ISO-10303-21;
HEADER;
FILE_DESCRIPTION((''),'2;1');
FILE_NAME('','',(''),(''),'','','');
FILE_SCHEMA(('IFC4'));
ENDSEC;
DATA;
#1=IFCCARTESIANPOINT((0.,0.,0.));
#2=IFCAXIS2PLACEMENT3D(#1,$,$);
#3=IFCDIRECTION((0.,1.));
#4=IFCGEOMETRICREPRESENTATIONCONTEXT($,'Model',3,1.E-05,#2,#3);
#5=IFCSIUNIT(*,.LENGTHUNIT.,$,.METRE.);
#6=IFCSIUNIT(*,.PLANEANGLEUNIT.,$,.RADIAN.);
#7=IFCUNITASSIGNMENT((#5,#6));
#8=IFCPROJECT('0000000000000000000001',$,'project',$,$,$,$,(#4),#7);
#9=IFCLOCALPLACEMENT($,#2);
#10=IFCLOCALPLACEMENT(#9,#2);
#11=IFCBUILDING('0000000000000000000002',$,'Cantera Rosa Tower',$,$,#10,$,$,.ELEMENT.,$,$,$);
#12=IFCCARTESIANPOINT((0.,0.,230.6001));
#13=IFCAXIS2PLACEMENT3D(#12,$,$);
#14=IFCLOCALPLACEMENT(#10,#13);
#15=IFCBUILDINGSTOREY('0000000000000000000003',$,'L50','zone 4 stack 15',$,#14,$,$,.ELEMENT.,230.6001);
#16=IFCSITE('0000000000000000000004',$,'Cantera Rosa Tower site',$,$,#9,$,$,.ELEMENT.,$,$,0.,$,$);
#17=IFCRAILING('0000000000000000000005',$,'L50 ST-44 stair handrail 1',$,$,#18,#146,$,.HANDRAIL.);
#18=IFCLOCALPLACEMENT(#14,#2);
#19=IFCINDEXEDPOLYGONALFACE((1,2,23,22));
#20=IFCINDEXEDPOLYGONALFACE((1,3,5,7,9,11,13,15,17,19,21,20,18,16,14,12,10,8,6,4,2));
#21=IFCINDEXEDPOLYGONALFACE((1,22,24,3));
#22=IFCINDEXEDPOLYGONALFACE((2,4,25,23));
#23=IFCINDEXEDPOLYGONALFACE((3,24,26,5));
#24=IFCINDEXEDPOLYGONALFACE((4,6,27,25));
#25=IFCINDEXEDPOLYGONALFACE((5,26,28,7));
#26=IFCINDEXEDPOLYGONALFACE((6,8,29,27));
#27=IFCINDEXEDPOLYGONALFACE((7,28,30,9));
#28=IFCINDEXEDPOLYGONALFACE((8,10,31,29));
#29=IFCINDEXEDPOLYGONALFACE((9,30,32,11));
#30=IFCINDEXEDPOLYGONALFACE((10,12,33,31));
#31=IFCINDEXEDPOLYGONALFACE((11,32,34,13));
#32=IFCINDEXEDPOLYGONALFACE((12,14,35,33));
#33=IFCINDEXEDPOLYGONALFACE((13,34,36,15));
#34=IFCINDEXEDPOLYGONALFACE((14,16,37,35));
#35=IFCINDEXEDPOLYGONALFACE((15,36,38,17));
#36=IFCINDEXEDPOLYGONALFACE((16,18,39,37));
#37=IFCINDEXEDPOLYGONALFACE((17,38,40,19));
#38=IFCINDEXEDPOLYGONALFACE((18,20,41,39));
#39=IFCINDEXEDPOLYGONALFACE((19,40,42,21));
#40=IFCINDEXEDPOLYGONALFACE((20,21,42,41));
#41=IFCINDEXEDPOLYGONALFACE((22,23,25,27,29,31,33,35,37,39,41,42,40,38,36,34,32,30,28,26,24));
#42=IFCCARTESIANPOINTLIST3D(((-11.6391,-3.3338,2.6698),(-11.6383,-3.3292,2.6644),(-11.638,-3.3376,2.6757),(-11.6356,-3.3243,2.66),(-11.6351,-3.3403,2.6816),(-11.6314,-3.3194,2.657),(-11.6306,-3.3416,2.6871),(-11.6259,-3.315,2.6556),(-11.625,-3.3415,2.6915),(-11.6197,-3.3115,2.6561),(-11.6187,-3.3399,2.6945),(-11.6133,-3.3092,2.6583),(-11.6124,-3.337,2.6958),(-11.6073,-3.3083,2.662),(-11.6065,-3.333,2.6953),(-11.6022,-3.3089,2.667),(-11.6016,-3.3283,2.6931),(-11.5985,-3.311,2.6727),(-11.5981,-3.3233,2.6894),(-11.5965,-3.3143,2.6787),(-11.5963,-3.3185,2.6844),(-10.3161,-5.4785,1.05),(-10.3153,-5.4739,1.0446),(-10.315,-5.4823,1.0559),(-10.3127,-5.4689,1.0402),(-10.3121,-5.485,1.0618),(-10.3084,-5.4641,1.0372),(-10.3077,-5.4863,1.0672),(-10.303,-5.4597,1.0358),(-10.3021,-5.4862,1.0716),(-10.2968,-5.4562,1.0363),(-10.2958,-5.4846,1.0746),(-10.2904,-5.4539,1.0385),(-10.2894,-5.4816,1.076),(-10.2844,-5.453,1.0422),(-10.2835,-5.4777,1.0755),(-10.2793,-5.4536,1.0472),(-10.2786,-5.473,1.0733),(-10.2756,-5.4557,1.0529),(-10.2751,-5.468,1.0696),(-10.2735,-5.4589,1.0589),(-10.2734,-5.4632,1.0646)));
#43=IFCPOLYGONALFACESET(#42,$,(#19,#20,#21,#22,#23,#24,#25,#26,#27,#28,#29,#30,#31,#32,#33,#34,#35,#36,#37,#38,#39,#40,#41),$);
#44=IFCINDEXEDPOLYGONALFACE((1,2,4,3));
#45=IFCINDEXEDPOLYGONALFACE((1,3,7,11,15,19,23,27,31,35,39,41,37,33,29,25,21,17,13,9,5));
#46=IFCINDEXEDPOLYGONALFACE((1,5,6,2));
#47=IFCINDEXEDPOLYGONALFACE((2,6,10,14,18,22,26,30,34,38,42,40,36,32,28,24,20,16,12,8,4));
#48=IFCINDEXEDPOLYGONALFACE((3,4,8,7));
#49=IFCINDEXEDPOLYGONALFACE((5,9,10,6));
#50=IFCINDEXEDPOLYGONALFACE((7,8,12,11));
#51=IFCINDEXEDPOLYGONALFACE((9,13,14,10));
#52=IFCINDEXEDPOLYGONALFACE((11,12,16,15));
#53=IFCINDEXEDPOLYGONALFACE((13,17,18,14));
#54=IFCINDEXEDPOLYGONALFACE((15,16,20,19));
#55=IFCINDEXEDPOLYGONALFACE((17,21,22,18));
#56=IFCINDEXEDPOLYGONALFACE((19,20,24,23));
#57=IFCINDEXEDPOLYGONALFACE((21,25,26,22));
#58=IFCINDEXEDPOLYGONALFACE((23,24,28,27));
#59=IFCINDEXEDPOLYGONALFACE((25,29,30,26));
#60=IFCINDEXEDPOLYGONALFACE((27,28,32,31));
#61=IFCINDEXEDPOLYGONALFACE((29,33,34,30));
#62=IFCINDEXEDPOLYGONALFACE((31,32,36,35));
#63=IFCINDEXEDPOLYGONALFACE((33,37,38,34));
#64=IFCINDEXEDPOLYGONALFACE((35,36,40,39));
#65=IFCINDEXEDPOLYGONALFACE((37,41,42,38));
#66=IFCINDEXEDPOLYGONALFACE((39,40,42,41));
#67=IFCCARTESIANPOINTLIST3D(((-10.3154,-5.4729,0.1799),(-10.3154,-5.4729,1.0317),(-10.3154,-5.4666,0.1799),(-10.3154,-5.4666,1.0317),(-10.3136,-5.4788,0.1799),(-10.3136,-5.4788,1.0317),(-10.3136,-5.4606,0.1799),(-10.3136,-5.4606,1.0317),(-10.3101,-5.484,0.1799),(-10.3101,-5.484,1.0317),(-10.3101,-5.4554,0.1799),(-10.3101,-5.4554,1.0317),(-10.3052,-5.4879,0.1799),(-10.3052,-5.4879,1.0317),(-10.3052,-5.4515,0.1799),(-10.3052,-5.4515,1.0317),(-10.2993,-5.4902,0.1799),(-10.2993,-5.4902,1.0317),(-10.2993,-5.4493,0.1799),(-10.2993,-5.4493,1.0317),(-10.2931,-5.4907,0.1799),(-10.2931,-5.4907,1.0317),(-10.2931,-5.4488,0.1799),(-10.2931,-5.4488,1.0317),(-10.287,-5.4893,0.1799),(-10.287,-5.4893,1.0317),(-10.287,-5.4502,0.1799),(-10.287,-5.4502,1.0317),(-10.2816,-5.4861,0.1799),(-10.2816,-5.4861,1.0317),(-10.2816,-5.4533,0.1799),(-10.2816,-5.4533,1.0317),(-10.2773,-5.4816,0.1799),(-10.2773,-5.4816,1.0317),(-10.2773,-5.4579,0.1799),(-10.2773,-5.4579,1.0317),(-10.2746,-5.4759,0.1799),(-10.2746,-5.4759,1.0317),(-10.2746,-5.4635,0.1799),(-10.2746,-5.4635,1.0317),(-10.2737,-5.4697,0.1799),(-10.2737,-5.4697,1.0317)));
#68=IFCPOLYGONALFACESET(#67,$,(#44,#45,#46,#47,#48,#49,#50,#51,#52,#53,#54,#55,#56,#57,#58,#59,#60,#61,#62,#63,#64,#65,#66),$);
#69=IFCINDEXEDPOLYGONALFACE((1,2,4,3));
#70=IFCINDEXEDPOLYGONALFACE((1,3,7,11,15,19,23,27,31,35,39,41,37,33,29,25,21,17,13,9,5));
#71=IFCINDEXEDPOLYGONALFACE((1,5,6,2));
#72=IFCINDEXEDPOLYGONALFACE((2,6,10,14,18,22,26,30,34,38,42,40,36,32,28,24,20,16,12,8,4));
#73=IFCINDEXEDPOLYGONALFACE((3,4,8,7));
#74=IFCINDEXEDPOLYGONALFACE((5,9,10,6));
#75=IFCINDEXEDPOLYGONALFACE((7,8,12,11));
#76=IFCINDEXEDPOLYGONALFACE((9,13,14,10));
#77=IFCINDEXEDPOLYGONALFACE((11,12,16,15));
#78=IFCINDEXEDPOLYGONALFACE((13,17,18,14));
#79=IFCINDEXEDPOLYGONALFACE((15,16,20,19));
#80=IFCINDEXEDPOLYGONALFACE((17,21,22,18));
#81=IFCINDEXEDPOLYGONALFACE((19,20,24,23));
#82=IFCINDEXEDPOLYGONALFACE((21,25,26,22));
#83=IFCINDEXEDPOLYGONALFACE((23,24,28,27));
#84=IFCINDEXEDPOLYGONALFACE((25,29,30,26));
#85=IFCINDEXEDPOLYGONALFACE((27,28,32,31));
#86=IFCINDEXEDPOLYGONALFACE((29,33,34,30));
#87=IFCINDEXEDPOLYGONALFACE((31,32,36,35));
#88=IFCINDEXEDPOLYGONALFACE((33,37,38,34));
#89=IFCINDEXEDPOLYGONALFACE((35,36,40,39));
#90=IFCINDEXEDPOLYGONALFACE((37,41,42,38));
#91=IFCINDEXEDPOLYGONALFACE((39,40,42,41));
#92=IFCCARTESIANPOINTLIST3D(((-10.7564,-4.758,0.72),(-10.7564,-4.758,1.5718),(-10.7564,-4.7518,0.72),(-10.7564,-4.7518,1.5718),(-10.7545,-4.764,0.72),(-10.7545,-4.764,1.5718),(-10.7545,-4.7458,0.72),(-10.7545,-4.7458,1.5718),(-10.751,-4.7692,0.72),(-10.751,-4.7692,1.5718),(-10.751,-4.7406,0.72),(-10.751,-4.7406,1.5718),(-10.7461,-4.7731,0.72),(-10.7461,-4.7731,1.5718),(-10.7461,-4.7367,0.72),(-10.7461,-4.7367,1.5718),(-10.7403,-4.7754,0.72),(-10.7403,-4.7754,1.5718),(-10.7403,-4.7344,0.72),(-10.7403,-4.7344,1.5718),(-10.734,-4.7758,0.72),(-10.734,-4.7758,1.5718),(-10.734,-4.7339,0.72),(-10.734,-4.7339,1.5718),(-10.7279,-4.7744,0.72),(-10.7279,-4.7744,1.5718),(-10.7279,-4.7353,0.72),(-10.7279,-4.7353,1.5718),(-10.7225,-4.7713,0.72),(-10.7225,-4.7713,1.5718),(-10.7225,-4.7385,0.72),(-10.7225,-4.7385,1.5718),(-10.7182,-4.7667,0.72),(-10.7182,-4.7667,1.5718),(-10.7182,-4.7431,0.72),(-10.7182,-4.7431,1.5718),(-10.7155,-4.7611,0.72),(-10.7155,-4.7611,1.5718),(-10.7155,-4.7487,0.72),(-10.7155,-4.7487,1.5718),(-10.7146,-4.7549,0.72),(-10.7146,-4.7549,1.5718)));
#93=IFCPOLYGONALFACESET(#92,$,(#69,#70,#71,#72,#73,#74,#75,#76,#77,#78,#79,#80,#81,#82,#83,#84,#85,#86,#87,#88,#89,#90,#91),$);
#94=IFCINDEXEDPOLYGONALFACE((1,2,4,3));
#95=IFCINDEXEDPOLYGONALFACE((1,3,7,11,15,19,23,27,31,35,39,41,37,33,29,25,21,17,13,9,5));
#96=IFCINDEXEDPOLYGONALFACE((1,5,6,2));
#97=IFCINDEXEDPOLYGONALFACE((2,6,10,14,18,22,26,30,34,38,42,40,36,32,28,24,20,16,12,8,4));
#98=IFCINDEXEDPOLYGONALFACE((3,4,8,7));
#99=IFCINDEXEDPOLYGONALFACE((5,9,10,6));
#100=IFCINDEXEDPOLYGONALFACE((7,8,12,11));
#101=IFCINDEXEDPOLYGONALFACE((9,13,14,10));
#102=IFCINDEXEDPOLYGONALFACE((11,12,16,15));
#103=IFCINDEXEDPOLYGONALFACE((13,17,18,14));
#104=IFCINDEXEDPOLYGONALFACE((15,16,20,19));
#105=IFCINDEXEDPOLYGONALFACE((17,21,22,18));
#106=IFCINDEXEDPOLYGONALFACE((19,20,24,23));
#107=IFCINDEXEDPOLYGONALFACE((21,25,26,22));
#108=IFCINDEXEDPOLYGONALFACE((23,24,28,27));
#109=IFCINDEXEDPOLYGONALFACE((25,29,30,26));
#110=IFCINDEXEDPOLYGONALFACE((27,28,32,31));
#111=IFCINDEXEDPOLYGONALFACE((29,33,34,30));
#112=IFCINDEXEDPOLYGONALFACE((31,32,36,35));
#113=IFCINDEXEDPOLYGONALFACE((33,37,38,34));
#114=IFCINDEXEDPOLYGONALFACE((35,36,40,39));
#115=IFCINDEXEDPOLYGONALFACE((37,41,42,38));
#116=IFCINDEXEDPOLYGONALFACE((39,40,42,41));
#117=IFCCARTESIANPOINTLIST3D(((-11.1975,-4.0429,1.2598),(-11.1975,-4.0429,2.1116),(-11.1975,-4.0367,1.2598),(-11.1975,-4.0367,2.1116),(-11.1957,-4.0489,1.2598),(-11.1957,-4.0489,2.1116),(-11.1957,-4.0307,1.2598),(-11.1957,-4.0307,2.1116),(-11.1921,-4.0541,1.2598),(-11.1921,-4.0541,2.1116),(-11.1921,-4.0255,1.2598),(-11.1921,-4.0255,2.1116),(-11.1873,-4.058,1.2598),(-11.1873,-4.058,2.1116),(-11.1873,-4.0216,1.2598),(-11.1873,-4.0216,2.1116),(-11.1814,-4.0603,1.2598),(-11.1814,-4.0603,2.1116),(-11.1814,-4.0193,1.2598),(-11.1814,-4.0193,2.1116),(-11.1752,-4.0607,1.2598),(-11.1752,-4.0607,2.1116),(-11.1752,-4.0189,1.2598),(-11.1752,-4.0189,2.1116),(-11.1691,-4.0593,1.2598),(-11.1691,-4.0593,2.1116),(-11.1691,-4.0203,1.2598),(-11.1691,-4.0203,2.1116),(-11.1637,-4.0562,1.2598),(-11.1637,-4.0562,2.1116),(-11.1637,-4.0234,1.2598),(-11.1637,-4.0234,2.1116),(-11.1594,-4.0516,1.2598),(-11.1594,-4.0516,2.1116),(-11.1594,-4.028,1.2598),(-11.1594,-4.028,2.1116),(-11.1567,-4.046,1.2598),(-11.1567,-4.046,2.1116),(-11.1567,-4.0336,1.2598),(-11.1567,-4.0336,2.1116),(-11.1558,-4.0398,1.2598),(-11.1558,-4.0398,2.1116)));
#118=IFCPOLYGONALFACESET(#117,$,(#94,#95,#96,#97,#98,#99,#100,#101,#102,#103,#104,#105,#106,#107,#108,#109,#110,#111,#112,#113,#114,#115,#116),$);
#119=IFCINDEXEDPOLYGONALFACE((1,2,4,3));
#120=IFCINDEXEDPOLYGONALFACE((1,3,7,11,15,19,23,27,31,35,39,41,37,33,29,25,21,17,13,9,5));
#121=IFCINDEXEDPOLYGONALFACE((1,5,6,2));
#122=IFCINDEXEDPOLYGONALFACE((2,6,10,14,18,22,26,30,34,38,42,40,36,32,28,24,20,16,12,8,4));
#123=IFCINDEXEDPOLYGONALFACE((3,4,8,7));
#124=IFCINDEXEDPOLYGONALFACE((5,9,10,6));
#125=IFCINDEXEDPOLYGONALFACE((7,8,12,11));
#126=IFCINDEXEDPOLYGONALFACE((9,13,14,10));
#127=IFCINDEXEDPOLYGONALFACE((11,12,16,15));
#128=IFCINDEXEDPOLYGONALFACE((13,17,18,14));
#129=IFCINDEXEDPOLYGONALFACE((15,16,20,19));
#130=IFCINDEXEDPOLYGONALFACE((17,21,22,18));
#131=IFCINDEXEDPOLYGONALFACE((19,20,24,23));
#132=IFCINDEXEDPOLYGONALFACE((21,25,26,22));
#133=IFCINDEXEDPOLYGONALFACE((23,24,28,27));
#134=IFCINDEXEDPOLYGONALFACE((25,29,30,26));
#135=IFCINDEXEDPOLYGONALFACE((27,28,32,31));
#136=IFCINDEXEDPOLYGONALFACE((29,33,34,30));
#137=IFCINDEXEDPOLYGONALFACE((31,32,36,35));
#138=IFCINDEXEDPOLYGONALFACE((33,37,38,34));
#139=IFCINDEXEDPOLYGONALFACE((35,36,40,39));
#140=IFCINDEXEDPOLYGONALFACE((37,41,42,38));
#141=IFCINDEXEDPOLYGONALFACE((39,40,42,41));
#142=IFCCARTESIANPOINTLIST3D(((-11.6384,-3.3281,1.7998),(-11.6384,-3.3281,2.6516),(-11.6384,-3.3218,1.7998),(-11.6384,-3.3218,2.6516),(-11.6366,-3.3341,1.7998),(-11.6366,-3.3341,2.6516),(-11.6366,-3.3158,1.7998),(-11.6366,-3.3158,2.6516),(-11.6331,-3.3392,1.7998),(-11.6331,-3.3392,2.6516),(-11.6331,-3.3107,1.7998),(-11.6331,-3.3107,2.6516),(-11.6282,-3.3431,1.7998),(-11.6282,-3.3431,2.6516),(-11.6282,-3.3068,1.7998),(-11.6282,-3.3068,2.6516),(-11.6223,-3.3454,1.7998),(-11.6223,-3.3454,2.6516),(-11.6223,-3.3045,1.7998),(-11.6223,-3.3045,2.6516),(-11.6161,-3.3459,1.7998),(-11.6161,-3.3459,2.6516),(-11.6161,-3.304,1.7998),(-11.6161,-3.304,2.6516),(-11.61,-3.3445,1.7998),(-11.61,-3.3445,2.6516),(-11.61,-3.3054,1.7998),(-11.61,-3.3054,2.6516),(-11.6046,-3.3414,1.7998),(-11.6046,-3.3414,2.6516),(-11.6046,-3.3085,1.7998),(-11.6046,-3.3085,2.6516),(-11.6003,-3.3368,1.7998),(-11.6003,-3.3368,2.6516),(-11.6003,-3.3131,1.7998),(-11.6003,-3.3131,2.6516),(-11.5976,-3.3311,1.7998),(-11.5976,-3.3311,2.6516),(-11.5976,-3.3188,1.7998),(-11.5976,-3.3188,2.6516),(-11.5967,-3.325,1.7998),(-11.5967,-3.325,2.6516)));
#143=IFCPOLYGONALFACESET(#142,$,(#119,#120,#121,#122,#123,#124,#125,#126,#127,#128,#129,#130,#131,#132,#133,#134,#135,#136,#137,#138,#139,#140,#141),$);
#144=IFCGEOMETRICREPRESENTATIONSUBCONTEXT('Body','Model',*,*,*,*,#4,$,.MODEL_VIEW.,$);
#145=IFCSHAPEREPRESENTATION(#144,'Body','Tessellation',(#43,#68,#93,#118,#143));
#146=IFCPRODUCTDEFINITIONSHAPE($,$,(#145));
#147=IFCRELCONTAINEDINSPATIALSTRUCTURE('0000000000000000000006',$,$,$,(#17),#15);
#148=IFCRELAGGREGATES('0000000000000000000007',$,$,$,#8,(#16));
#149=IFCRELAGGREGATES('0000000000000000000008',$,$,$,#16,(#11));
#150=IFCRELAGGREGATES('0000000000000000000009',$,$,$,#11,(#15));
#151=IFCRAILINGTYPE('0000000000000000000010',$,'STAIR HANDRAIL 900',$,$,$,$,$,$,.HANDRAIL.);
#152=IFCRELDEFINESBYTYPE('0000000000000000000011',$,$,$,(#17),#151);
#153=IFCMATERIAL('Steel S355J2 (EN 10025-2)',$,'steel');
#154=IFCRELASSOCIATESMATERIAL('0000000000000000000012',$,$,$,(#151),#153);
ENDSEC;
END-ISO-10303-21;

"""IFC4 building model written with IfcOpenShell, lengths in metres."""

from ifc_helpers import new_model, si_unit, direction, frame, origin, origin_2d, place, context, subcontext, project, spatial, circle, extrude, material, type_object, element, save


model = new_model("IFC4")

# Units and contexts
model_context = context("Model", 3, precision=1e-05, world=origin(), true_north=direction((0.0, 1.0)))
body_context = subcontext(model_context, "Body", "Model", "MODEL_VIEW")
ifc_project = project(units=[si_unit("LENGTHUNIT", "METRE"), si_unit("PLANEANGLEUNIT", "RADIAN")], contexts=[model_context])

# Site, building, storey
site_placement = place(None, origin())
site = spatial("IfcSite", under=ifc_project, at=site_placement, Name="Cantera Rosa Tower site", CompositionType="ELEMENT", RefElevation=0.0)
building_placement = place(site_placement, origin())
building = spatial("IfcBuilding", under=site, at=building_placement, Name="Cantera Rosa Tower", CompositionType="ELEMENT")
storey_placement = place(building_placement, frame((0.0, 0.0, 230.6001)))
storey = spatial("IfcBuildingStorey", under=building, at=storey_placement, Name="L50", Description="zone 4 stack 15", CompositionType="ELEMENT", Elevation=230.6001)

# Railing
ifc_material_1 = material(Name="Steel S355J2 (EN 10025-2)", Category="steel")
railing_type_1 = type_object("IfcRailingType", Name="STAIR HANDRAIL 900", PredefinedType="HANDRAIL", material=ifc_material_1)
railing_1_placement = place(storey_placement, frame((-10.2947, -5.4697, 0.1799)))
element("IfcRailing", 1, at=railing_1_placement, inside=storey, type_object=railing_type_1, Name="L50 ST-44 stair handrail 1", PredefinedType="HANDRAIL", context=body_context, shape_type="SweptSolid", body=[
    extrude(circle(Radius=0.0239, at=origin_2d()), frame((0.0, 0.0, 0.876), z_axis=(-0.441629, 0.715945, 0.540728), x_axis=(-0.851102, -0.525, 0.0)), (0.0, 0.0, 1.0), 2.9956),
    extrude(circle(Radius=0.021, at=origin_2d()), origin(), (0.0, 0.0, 1.0), 0.8518),
    extrude(circle(Radius=0.021, at=origin_2d()), frame((-0.4409, 0.7148, 0.54)), (0.0, 0.0, 1.0), 0.8518),
    extrude(circle(Radius=0.021, at=origin_2d()), frame((-0.8821, 1.4299, 1.0798)), (0.0, 0.0, 1.0), 0.8518),
    extrude(circle(Radius=0.021, at=origin_2d()), frame((-1.323, 2.1448, 1.6199)), (0.0, 0.0, 1.0), 0.8518),
])

save(model, "model.ifc")
